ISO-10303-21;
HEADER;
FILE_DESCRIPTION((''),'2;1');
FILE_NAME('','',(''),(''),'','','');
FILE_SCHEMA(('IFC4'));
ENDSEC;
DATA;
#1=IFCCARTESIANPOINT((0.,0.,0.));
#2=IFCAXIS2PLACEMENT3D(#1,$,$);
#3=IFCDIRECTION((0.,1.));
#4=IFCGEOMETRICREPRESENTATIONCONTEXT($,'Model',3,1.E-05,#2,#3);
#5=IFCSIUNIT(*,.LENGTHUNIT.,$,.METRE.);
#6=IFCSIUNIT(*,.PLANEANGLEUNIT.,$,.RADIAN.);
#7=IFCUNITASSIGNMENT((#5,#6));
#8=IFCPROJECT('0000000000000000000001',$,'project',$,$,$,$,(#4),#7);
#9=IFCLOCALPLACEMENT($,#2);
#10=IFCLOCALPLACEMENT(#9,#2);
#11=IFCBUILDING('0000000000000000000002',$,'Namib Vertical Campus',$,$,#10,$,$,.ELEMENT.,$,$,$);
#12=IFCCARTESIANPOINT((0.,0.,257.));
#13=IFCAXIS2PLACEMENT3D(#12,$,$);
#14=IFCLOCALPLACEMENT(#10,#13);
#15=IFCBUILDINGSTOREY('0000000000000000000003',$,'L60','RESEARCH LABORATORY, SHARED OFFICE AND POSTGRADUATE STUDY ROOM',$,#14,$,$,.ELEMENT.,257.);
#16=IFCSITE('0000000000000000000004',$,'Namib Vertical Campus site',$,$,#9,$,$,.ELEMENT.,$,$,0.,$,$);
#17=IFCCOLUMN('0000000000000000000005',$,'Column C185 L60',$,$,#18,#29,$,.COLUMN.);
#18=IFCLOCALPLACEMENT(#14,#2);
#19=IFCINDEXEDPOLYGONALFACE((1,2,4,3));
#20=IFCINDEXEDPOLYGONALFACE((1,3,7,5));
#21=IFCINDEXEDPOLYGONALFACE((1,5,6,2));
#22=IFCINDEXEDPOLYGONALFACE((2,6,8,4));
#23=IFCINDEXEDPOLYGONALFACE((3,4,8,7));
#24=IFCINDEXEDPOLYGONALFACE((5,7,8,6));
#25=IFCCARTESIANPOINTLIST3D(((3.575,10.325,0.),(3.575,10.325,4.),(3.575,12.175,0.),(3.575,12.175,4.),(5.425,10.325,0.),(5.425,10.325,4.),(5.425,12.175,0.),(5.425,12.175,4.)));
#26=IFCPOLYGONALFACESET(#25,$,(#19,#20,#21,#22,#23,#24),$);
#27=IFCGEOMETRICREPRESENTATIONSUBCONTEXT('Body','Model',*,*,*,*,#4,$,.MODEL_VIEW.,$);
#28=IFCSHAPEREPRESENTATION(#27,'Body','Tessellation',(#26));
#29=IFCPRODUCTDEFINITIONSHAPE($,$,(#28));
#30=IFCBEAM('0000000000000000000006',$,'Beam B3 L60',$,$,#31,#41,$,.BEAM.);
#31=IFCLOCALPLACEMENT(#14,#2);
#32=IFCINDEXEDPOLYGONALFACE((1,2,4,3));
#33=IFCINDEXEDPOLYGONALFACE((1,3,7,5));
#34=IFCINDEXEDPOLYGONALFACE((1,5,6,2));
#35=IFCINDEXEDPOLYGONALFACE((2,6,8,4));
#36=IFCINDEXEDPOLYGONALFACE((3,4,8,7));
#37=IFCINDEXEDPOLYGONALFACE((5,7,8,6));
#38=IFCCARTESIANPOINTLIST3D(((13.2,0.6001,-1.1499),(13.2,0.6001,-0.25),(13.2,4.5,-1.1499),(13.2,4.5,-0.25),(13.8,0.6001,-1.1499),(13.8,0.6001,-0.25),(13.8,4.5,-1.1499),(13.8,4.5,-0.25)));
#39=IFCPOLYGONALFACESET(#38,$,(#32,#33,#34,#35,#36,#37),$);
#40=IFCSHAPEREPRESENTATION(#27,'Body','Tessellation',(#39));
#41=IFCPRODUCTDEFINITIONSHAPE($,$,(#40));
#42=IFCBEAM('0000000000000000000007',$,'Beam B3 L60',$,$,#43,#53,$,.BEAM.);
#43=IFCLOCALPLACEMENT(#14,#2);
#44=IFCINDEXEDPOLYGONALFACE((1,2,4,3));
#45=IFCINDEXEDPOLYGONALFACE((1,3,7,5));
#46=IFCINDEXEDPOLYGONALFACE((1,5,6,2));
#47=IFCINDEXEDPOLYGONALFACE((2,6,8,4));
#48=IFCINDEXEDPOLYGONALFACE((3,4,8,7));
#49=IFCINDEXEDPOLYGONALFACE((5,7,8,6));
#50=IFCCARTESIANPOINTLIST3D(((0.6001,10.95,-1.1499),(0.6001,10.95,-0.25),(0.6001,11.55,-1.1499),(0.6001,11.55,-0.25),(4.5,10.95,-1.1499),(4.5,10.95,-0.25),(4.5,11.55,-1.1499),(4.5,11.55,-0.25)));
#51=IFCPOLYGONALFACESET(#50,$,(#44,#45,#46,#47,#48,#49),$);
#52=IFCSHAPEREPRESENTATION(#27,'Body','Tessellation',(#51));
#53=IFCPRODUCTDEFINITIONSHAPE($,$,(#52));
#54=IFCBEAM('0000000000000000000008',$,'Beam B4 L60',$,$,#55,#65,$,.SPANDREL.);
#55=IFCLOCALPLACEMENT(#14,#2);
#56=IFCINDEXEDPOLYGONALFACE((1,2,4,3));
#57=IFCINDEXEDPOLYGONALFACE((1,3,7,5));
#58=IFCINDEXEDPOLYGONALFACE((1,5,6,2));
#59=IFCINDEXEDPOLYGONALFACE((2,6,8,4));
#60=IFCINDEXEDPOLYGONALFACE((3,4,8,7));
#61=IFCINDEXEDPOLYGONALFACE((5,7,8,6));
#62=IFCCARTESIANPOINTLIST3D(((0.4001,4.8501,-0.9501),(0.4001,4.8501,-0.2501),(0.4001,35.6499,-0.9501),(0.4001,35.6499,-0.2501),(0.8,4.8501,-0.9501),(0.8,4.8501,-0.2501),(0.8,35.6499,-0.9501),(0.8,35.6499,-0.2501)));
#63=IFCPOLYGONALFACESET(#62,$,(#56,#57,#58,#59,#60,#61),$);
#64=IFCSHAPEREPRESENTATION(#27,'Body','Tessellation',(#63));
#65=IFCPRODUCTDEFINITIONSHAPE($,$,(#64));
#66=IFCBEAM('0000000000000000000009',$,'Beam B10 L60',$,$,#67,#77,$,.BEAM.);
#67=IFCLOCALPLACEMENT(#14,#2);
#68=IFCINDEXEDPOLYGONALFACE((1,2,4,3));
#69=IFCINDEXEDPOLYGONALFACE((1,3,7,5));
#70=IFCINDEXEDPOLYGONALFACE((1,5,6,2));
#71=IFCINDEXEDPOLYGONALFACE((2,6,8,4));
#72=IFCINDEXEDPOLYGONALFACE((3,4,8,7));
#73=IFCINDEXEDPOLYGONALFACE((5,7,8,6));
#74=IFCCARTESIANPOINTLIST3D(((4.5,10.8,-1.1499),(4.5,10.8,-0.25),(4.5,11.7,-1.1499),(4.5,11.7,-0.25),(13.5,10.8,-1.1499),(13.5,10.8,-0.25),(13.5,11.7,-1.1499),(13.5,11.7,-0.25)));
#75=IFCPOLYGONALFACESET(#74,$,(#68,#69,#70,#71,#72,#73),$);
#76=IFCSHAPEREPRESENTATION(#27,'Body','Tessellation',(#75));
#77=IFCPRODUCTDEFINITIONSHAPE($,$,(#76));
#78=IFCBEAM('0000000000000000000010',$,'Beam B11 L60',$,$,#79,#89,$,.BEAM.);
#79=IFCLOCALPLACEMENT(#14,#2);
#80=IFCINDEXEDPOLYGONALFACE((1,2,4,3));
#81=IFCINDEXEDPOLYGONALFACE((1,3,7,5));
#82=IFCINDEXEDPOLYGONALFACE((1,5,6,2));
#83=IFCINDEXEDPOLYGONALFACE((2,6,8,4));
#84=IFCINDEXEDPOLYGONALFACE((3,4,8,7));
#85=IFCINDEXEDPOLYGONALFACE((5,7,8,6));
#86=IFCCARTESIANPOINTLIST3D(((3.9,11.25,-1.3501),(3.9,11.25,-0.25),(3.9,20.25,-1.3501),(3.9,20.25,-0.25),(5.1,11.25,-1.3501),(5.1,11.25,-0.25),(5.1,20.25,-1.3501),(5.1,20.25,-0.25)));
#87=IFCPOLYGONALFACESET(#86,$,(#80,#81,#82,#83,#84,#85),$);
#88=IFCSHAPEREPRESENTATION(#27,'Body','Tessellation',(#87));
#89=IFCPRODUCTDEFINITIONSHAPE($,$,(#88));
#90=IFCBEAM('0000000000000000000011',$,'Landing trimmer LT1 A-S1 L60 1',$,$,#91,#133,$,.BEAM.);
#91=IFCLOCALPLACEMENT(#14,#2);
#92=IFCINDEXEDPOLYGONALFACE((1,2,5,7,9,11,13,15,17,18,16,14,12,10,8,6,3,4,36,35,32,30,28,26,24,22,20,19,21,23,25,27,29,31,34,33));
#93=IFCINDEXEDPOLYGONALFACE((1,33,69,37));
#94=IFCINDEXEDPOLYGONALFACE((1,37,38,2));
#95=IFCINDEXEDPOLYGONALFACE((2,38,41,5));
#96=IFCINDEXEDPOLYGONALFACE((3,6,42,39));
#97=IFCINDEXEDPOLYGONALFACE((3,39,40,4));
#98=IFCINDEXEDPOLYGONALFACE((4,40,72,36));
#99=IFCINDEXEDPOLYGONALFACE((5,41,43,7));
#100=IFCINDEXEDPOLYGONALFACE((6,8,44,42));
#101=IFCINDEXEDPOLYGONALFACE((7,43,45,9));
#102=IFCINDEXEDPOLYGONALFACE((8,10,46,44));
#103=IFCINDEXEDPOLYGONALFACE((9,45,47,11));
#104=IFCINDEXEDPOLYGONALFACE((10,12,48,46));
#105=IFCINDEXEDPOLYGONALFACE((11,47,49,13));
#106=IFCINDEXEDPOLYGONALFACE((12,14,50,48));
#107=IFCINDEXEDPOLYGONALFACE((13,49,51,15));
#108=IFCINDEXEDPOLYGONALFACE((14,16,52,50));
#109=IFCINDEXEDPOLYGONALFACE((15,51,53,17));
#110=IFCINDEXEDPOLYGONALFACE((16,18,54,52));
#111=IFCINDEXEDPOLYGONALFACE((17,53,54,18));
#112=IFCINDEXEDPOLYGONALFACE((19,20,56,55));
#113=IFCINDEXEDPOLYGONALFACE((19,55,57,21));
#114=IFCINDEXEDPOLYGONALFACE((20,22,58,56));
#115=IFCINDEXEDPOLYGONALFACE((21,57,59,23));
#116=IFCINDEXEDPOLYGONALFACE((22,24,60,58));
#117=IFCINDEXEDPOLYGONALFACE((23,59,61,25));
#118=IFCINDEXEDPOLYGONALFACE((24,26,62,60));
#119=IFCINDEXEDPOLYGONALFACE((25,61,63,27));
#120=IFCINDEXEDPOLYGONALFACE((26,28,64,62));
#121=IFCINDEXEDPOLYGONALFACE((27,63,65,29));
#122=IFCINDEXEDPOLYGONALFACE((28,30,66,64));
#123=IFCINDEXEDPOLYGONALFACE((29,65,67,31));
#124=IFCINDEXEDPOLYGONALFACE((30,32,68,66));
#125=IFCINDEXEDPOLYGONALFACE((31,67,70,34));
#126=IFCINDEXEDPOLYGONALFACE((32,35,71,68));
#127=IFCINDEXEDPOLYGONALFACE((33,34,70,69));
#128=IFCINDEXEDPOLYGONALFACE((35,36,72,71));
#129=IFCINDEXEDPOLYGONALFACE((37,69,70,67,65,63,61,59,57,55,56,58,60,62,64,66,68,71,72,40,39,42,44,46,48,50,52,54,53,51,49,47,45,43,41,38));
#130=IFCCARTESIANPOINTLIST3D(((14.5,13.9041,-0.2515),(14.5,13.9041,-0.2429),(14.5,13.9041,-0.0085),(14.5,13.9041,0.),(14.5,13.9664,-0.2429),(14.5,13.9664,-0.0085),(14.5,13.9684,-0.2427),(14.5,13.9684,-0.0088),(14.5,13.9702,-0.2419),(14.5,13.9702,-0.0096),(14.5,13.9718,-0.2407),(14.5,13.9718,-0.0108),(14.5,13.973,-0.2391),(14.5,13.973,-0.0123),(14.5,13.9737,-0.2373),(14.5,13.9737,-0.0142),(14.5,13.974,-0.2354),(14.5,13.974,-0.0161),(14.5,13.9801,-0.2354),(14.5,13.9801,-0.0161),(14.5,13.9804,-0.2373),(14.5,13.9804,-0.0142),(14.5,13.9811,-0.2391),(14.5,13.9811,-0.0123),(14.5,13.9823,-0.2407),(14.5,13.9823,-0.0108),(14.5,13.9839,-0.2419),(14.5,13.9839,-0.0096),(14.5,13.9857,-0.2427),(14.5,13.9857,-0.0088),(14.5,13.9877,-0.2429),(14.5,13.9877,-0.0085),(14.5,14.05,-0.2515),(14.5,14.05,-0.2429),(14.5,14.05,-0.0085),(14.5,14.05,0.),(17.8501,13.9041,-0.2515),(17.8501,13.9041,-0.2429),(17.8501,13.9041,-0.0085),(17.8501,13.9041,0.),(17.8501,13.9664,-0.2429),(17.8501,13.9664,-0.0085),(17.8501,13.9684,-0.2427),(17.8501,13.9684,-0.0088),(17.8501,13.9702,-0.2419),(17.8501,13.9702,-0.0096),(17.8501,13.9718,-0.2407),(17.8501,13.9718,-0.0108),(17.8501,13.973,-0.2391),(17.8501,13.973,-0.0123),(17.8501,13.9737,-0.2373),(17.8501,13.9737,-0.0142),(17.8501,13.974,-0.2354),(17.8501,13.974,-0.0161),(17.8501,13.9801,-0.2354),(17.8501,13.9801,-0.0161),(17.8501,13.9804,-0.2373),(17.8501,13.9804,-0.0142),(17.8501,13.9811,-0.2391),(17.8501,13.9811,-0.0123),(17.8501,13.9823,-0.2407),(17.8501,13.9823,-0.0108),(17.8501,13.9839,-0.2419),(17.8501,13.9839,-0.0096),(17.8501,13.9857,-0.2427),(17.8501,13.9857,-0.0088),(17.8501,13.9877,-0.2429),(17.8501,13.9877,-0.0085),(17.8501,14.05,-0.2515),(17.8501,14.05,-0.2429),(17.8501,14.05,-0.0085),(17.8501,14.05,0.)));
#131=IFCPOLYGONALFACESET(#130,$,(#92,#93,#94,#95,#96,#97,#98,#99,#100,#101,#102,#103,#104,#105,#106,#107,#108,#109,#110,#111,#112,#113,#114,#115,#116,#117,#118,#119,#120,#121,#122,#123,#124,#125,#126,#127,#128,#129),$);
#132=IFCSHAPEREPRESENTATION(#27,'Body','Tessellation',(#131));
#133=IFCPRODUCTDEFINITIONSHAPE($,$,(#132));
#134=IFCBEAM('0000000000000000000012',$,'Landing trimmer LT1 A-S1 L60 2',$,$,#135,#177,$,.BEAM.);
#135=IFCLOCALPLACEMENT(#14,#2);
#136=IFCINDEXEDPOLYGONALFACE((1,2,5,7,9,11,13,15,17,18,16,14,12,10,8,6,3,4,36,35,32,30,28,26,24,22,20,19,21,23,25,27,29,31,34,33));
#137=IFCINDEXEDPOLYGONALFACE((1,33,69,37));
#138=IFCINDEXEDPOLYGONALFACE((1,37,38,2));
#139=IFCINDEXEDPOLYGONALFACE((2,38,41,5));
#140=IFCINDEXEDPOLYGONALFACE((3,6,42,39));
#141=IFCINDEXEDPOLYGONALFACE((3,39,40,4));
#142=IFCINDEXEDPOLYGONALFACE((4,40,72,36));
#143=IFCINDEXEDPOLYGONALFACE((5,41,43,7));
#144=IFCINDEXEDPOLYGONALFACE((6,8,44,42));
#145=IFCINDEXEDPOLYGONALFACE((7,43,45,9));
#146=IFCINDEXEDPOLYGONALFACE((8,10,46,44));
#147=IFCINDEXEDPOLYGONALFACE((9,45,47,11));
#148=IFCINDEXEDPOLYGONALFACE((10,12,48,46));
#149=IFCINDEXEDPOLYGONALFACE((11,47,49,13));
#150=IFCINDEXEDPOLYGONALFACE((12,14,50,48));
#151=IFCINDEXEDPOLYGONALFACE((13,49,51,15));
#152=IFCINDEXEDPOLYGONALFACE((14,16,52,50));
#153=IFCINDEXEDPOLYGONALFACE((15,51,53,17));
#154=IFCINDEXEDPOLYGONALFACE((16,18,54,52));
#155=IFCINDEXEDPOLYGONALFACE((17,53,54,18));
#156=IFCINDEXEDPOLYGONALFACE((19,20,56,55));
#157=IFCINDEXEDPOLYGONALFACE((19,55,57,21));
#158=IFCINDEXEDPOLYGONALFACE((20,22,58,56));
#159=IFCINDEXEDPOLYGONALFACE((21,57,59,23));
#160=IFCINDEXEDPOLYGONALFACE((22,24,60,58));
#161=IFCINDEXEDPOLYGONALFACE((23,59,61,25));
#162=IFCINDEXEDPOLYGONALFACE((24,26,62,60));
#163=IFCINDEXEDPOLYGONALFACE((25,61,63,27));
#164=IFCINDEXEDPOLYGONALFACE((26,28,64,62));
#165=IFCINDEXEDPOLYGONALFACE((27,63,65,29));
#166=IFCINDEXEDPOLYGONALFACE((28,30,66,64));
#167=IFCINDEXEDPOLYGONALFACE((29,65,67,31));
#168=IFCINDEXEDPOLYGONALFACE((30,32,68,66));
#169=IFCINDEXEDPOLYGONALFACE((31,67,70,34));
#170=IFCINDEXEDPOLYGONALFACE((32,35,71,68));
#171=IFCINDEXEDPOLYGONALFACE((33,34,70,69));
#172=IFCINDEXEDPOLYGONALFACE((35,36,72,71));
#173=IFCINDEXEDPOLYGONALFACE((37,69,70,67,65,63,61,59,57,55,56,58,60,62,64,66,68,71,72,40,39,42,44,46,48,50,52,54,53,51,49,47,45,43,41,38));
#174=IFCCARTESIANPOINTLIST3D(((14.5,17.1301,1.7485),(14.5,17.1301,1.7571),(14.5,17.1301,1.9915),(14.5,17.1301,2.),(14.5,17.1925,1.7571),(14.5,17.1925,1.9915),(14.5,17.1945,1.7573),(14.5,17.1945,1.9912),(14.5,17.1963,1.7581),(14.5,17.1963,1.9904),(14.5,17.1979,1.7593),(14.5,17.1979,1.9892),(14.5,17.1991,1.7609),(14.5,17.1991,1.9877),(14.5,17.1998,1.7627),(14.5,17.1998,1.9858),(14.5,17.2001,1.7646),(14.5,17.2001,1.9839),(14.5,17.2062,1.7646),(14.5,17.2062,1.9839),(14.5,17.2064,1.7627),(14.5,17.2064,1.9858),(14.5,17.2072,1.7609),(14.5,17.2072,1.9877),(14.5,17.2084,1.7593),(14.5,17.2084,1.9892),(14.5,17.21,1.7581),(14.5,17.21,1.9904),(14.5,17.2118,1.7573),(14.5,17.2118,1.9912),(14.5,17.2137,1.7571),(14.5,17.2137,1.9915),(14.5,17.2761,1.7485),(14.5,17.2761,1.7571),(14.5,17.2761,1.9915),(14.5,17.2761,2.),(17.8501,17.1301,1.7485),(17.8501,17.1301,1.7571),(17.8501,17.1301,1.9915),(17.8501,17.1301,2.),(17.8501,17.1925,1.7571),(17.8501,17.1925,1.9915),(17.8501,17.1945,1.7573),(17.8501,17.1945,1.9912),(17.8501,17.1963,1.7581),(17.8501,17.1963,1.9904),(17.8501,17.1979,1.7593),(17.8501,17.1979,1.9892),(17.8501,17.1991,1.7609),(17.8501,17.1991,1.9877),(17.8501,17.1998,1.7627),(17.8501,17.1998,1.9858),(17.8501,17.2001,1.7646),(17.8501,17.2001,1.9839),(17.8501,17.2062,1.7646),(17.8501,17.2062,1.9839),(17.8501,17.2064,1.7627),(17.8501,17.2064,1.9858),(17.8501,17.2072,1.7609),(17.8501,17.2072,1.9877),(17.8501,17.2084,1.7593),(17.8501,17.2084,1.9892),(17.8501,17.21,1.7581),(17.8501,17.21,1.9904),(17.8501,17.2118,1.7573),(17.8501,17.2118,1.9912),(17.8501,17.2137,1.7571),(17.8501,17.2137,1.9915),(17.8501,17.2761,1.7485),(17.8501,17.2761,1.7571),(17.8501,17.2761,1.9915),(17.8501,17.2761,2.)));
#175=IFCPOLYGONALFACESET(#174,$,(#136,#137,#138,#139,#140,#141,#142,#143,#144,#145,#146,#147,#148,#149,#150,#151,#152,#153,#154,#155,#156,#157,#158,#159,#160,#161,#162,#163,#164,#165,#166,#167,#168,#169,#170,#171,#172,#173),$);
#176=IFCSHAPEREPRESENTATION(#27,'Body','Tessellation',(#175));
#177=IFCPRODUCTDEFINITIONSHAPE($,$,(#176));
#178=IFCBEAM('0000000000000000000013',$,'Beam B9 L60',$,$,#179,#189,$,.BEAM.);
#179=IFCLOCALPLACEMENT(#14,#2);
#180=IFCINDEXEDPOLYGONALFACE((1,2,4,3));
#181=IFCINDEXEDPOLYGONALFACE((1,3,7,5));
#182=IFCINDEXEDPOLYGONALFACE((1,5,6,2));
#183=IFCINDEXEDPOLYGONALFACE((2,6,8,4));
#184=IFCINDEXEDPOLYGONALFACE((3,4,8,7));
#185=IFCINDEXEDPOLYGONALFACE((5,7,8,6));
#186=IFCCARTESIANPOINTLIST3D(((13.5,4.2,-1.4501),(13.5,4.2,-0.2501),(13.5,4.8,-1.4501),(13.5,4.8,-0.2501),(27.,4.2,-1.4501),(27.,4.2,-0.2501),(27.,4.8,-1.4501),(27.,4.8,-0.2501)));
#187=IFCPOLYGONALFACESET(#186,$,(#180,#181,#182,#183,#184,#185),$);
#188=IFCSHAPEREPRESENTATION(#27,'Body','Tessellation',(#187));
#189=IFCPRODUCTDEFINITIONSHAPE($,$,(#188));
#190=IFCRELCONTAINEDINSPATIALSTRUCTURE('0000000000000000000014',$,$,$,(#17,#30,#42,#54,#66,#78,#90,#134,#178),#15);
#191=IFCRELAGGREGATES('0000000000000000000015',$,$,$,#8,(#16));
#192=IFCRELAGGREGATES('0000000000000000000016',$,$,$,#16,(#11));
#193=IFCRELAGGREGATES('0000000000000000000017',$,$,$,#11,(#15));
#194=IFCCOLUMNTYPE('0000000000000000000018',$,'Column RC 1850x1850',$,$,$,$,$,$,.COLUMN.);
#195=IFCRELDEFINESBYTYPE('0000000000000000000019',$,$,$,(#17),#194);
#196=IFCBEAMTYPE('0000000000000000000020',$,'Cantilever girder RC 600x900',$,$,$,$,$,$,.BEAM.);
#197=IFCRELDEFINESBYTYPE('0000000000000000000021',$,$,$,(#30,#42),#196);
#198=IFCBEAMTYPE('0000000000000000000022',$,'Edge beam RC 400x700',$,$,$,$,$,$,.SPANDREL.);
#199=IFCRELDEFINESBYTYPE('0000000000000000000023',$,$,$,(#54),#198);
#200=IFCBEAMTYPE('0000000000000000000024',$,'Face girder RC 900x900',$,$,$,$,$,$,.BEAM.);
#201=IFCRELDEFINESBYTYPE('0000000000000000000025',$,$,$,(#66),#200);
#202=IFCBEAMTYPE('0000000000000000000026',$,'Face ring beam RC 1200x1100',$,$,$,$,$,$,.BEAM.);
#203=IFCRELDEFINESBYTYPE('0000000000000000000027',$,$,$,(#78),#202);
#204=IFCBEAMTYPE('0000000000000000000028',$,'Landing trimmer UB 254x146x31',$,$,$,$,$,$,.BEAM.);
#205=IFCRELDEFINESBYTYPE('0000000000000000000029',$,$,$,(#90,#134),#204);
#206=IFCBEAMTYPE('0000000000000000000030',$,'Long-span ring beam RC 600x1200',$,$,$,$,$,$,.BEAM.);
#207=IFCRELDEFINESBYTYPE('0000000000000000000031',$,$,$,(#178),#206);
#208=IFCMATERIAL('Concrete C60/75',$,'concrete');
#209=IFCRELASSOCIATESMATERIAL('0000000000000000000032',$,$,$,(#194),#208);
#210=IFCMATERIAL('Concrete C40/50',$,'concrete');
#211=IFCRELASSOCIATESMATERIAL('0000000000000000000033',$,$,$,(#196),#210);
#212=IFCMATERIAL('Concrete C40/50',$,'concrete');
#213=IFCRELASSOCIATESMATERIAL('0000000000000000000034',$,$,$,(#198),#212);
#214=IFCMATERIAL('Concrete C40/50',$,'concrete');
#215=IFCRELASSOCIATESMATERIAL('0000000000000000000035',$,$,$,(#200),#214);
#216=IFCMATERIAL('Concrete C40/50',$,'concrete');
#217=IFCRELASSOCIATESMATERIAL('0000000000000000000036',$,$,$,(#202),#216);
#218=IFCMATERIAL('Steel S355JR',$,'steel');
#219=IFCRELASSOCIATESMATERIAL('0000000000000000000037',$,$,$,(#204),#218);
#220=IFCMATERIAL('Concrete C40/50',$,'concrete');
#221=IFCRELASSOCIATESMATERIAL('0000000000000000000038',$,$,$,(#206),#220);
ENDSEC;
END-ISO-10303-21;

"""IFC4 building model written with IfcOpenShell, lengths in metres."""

from ifc_helpers import new_model, si_unit, direction, frame, origin, origin_2d, place, context, subcontext, project, spatial, rectangle, i_section, extrude, material, material_profile, profile_set, type_object, element, save


model = new_model("IFC4")

# Units and contexts
model_context = context("Model", 3, precision=1e-05, world=origin(), true_north=direction((0.0, 1.0)))
body_context = subcontext(model_context, "Body", "Model", "MODEL_VIEW")
ifc_project = project(units=[si_unit("LENGTHUNIT", "METRE"), si_unit("PLANEANGLEUNIT", "RADIAN")], contexts=[model_context])

# Site, building, storey
site_placement = place(None, origin())
site = spatial("IfcSite", under=ifc_project, at=site_placement, Name="Namib Vertical Campus site", CompositionType="ELEMENT", RefElevation=0.0)
building_placement = place(site_placement, origin())
building = spatial("IfcBuilding", under=site, at=building_placement, Name="Namib Vertical Campus", CompositionType="ELEMENT")
storey_placement = place(building_placement, frame((0.0, 0.0, 257.0)))
storey = spatial("IfcBuildingStorey", under=building, at=storey_placement, Name="L60", Description="RESEARCH LABORATORY, SHARED OFFICE AND POSTGRADUATE STUDY ROOM", CompositionType="ELEMENT", Elevation=257.0)

# Column
ifc_material_1 = material(Name="Concrete C60/75", Category="concrete")
ifc_material_profile_1 = material_profile(ifc_material_1, rectangle(XDim=1.8501, YDim=1.8501, at=origin_2d()))
ifc_profile_set_1 = profile_set([ifc_material_profile_1], Name="Concrete C60/75")
column_type = type_object("IfcColumnType", Name="Column RC 1850x1850", PredefinedType="COLUMN", material=ifc_profile_set_1)
column_placement = place(storey_placement, frame((4.5, 11.25, 0.0), z_axis=(0.0, 0.0, 1.0), x_axis=(1.0, 0.0, 0.0)))
element("IfcColumn", 1, at=column_placement, inside=storey, type_object=column_type, Name="Column C185 L60", PredefinedType="COLUMN", context=body_context, shape_type="SweptSolid", body=[
    extrude(rectangle(XDim=1.8501, YDim=1.8501, at=origin_2d()), origin(), (0.0, 0.0, 1.0), 4.0),
])

# Beams
ifc_material_2 = material(Name="Concrete C40/50", Category="concrete")
ifc_material_profile_2 = material_profile(ifc_material_2, rectangle(XDim=0.6001, YDim=0.8999, at=origin_2d()))
ifc_profile_set_2 = profile_set([ifc_material_profile_2], Name="Concrete C40/50")
beam_type_1 = type_object("IfcBeamType", Name="Cantilever girder RC 600x900", PredefinedType="BEAM", material=ifc_profile_set_2)
for number, where, z_axis, x_axis, name in (
    (2, (13.5, 4.5, -0.7), (0.0, -1.0, 0.0), (1.0, 0.0, 0.0), "Beam B3 L60"),
    (3, (4.5, 11.25, -0.7), (-1.0, 0.0, 0.0), (0.0, -1.0, 0.0), "Beam B3 L60"),
):
    element("IfcBeam", number, at=place(storey_placement, frame(where, z_axis=z_axis, x_axis=x_axis)), inside=storey, type_object=beam_type_1, Name=name, PredefinedType="BEAM", context=body_context, shape_type="SweptSolid", body=[
        extrude(rectangle(XDim=0.6001, YDim=0.8999, at=origin_2d()), origin(), (0.0, 0.0, 1.0), 3.8999),
    ])
ifc_material_3 = material(Name="Concrete C40/50", Category="concrete")
ifc_material_profile_3 = material_profile(ifc_material_3, rectangle(XDim=0.3999, YDim=0.7, at=origin_2d()))
ifc_profile_set_3 = profile_set([ifc_material_profile_3], Name="Concrete C40/50")
beam_type_2 = type_object("IfcBeamType", Name="Edge beam RC 400x700", PredefinedType="SPANDREL", material=ifc_profile_set_3)
beam_1_placement = place(storey_placement, frame((0.6001, 4.8501, -0.6001), z_axis=(0.0, 1.0, 0.0), x_axis=(-1.0, 0.0, 0.0)))
element("IfcBeam", 4, at=beam_1_placement, inside=storey, type_object=beam_type_2, Name="Beam B4 L60", PredefinedType="SPANDREL", context=body_context, shape_type="SweptSolid", body=[
    extrude(rectangle(XDim=0.3999, YDim=0.7, at=origin_2d()), origin(), (0.0, 0.0, 1.0), 30.7998),
])
ifc_material_4 = material(Name="Concrete C40/50", Category="concrete")
ifc_material_profile_4 = material_profile(ifc_material_4, rectangle(XDim=0.8999, YDim=0.8999, at=origin_2d()))
ifc_profile_set_4 = profile_set([ifc_material_profile_4], Name="Concrete C40/50")
beam_type_3 = type_object("IfcBeamType", Name="Face girder RC 900x900", PredefinedType="BEAM", material=ifc_profile_set_4)
beam_2_placement = place(storey_placement, frame((4.5, 11.25, -0.7), z_axis=(1.0, 0.0, 0.0), x_axis=(0.0, 1.0, 0.0)))
element("IfcBeam", 5, at=beam_2_placement, inside=storey, type_object=beam_type_3, Name="Beam B10 L60", PredefinedType="BEAM", context=body_context, shape_type="SweptSolid", body=[
    extrude(rectangle(XDim=0.8999, YDim=0.8999, at=origin_2d()), origin(), (0.0, 0.0, 1.0), 9.0),
])
ifc_material_5 = material(Name="Concrete C40/50", Category="concrete")
ifc_material_profile_5 = material_profile(ifc_material_5, rectangle(XDim=1.2, YDim=1.1001, at=origin_2d()))
ifc_profile_set_5 = profile_set([ifc_material_profile_5], Name="Concrete C40/50")
beam_type_4 = type_object("IfcBeamType", Name="Face ring beam RC 1200x1100", PredefinedType="BEAM", material=ifc_profile_set_5)
beam_3_placement = place(storey_placement, frame((4.5, 11.25, -0.8), z_axis=(0.0, 1.0, 0.0), x_axis=(-1.0, 0.0, 0.0)))
element("IfcBeam", 6, at=beam_3_placement, inside=storey, type_object=beam_type_4, Name="Beam B11 L60", PredefinedType="BEAM", context=body_context, shape_type="SweptSolid", body=[
    extrude(rectangle(XDim=1.2, YDim=1.1001, at=origin_2d()), origin(), (0.0, 0.0, 1.0), 9.0),
])
ifc_material_6 = material(Name="Steel S355JR", Category="steel")
ifc_material_profile_6 = material_profile(ifc_material_6, i_section(OverallWidth=0.146, OverallDepth=0.2515, WebThickness=0.0061, FlangeThickness=0.0085, FilletRadius=0.0076, at=origin_2d()))
ifc_profile_set_6 = profile_set([ifc_material_profile_6], Name="Steel S355JR")
beam_type_5 = type_object("IfcBeamType", Name="Landing trimmer UB 254x146x31", PredefinedType="BEAM", material=ifc_profile_set_6)
for number, where, z_axis, x_axis, name in (
    (7, (14.5, 13.9771, -0.1257), (1.0, 0.0, 0.0), (0.0, 1.0, 0.0), "Landing trimmer LT1 A-S1 L60 1"),
    (8, (14.5, 17.2031, 1.8743), (1.0, 0.0, 0.0), (0.0, 1.0, 0.0), "Landing trimmer LT1 A-S1 L60 2"),
):
    element("IfcBeam", number, at=place(storey_placement, frame(where, z_axis=z_axis, x_axis=x_axis)), inside=storey, type_object=beam_type_5, Name=name, PredefinedType="BEAM", context=body_context, shape_type="SweptSolid", body=[
        extrude(i_section(OverallWidth=0.146, OverallDepth=0.2515, WebThickness=0.0061, FlangeThickness=0.0085, FilletRadius=0.0076, at=origin_2d()), origin(), (0.0, 0.0, 1.0), 3.3501),
    ])
ifc_material_7 = material(Name="Concrete C40/50", Category="concrete")
ifc_material_profile_7 = material_profile(ifc_material_7, rectangle(XDim=0.6001, YDim=1.2, at=origin_2d()))
ifc_profile_set_7 = profile_set([ifc_material_profile_7], Name="Concrete C40/50")
beam_type_6 = type_object("IfcBeamType", Name="Long-span ring beam RC 600x1200", PredefinedType="BEAM", material=ifc_profile_set_7)
beam_4_placement = place(storey_placement, frame((13.5, 4.5, -0.8501), z_axis=(1.0, 0.0, 0.0), x_axis=(0.0, 1.0, 0.0)))
element("IfcBeam", 9, at=beam_4_placement, inside=storey, type_object=beam_type_6, Name="Beam B9 L60", PredefinedType="BEAM", context=body_context, shape_type="SweptSolid", body=[
    extrude(rectangle(XDim=0.6001, YDim=1.2, at=origin_2d()), origin(), (0.0, 0.0, 1.0), 13.5),
])

save(model, "model.ifc")
